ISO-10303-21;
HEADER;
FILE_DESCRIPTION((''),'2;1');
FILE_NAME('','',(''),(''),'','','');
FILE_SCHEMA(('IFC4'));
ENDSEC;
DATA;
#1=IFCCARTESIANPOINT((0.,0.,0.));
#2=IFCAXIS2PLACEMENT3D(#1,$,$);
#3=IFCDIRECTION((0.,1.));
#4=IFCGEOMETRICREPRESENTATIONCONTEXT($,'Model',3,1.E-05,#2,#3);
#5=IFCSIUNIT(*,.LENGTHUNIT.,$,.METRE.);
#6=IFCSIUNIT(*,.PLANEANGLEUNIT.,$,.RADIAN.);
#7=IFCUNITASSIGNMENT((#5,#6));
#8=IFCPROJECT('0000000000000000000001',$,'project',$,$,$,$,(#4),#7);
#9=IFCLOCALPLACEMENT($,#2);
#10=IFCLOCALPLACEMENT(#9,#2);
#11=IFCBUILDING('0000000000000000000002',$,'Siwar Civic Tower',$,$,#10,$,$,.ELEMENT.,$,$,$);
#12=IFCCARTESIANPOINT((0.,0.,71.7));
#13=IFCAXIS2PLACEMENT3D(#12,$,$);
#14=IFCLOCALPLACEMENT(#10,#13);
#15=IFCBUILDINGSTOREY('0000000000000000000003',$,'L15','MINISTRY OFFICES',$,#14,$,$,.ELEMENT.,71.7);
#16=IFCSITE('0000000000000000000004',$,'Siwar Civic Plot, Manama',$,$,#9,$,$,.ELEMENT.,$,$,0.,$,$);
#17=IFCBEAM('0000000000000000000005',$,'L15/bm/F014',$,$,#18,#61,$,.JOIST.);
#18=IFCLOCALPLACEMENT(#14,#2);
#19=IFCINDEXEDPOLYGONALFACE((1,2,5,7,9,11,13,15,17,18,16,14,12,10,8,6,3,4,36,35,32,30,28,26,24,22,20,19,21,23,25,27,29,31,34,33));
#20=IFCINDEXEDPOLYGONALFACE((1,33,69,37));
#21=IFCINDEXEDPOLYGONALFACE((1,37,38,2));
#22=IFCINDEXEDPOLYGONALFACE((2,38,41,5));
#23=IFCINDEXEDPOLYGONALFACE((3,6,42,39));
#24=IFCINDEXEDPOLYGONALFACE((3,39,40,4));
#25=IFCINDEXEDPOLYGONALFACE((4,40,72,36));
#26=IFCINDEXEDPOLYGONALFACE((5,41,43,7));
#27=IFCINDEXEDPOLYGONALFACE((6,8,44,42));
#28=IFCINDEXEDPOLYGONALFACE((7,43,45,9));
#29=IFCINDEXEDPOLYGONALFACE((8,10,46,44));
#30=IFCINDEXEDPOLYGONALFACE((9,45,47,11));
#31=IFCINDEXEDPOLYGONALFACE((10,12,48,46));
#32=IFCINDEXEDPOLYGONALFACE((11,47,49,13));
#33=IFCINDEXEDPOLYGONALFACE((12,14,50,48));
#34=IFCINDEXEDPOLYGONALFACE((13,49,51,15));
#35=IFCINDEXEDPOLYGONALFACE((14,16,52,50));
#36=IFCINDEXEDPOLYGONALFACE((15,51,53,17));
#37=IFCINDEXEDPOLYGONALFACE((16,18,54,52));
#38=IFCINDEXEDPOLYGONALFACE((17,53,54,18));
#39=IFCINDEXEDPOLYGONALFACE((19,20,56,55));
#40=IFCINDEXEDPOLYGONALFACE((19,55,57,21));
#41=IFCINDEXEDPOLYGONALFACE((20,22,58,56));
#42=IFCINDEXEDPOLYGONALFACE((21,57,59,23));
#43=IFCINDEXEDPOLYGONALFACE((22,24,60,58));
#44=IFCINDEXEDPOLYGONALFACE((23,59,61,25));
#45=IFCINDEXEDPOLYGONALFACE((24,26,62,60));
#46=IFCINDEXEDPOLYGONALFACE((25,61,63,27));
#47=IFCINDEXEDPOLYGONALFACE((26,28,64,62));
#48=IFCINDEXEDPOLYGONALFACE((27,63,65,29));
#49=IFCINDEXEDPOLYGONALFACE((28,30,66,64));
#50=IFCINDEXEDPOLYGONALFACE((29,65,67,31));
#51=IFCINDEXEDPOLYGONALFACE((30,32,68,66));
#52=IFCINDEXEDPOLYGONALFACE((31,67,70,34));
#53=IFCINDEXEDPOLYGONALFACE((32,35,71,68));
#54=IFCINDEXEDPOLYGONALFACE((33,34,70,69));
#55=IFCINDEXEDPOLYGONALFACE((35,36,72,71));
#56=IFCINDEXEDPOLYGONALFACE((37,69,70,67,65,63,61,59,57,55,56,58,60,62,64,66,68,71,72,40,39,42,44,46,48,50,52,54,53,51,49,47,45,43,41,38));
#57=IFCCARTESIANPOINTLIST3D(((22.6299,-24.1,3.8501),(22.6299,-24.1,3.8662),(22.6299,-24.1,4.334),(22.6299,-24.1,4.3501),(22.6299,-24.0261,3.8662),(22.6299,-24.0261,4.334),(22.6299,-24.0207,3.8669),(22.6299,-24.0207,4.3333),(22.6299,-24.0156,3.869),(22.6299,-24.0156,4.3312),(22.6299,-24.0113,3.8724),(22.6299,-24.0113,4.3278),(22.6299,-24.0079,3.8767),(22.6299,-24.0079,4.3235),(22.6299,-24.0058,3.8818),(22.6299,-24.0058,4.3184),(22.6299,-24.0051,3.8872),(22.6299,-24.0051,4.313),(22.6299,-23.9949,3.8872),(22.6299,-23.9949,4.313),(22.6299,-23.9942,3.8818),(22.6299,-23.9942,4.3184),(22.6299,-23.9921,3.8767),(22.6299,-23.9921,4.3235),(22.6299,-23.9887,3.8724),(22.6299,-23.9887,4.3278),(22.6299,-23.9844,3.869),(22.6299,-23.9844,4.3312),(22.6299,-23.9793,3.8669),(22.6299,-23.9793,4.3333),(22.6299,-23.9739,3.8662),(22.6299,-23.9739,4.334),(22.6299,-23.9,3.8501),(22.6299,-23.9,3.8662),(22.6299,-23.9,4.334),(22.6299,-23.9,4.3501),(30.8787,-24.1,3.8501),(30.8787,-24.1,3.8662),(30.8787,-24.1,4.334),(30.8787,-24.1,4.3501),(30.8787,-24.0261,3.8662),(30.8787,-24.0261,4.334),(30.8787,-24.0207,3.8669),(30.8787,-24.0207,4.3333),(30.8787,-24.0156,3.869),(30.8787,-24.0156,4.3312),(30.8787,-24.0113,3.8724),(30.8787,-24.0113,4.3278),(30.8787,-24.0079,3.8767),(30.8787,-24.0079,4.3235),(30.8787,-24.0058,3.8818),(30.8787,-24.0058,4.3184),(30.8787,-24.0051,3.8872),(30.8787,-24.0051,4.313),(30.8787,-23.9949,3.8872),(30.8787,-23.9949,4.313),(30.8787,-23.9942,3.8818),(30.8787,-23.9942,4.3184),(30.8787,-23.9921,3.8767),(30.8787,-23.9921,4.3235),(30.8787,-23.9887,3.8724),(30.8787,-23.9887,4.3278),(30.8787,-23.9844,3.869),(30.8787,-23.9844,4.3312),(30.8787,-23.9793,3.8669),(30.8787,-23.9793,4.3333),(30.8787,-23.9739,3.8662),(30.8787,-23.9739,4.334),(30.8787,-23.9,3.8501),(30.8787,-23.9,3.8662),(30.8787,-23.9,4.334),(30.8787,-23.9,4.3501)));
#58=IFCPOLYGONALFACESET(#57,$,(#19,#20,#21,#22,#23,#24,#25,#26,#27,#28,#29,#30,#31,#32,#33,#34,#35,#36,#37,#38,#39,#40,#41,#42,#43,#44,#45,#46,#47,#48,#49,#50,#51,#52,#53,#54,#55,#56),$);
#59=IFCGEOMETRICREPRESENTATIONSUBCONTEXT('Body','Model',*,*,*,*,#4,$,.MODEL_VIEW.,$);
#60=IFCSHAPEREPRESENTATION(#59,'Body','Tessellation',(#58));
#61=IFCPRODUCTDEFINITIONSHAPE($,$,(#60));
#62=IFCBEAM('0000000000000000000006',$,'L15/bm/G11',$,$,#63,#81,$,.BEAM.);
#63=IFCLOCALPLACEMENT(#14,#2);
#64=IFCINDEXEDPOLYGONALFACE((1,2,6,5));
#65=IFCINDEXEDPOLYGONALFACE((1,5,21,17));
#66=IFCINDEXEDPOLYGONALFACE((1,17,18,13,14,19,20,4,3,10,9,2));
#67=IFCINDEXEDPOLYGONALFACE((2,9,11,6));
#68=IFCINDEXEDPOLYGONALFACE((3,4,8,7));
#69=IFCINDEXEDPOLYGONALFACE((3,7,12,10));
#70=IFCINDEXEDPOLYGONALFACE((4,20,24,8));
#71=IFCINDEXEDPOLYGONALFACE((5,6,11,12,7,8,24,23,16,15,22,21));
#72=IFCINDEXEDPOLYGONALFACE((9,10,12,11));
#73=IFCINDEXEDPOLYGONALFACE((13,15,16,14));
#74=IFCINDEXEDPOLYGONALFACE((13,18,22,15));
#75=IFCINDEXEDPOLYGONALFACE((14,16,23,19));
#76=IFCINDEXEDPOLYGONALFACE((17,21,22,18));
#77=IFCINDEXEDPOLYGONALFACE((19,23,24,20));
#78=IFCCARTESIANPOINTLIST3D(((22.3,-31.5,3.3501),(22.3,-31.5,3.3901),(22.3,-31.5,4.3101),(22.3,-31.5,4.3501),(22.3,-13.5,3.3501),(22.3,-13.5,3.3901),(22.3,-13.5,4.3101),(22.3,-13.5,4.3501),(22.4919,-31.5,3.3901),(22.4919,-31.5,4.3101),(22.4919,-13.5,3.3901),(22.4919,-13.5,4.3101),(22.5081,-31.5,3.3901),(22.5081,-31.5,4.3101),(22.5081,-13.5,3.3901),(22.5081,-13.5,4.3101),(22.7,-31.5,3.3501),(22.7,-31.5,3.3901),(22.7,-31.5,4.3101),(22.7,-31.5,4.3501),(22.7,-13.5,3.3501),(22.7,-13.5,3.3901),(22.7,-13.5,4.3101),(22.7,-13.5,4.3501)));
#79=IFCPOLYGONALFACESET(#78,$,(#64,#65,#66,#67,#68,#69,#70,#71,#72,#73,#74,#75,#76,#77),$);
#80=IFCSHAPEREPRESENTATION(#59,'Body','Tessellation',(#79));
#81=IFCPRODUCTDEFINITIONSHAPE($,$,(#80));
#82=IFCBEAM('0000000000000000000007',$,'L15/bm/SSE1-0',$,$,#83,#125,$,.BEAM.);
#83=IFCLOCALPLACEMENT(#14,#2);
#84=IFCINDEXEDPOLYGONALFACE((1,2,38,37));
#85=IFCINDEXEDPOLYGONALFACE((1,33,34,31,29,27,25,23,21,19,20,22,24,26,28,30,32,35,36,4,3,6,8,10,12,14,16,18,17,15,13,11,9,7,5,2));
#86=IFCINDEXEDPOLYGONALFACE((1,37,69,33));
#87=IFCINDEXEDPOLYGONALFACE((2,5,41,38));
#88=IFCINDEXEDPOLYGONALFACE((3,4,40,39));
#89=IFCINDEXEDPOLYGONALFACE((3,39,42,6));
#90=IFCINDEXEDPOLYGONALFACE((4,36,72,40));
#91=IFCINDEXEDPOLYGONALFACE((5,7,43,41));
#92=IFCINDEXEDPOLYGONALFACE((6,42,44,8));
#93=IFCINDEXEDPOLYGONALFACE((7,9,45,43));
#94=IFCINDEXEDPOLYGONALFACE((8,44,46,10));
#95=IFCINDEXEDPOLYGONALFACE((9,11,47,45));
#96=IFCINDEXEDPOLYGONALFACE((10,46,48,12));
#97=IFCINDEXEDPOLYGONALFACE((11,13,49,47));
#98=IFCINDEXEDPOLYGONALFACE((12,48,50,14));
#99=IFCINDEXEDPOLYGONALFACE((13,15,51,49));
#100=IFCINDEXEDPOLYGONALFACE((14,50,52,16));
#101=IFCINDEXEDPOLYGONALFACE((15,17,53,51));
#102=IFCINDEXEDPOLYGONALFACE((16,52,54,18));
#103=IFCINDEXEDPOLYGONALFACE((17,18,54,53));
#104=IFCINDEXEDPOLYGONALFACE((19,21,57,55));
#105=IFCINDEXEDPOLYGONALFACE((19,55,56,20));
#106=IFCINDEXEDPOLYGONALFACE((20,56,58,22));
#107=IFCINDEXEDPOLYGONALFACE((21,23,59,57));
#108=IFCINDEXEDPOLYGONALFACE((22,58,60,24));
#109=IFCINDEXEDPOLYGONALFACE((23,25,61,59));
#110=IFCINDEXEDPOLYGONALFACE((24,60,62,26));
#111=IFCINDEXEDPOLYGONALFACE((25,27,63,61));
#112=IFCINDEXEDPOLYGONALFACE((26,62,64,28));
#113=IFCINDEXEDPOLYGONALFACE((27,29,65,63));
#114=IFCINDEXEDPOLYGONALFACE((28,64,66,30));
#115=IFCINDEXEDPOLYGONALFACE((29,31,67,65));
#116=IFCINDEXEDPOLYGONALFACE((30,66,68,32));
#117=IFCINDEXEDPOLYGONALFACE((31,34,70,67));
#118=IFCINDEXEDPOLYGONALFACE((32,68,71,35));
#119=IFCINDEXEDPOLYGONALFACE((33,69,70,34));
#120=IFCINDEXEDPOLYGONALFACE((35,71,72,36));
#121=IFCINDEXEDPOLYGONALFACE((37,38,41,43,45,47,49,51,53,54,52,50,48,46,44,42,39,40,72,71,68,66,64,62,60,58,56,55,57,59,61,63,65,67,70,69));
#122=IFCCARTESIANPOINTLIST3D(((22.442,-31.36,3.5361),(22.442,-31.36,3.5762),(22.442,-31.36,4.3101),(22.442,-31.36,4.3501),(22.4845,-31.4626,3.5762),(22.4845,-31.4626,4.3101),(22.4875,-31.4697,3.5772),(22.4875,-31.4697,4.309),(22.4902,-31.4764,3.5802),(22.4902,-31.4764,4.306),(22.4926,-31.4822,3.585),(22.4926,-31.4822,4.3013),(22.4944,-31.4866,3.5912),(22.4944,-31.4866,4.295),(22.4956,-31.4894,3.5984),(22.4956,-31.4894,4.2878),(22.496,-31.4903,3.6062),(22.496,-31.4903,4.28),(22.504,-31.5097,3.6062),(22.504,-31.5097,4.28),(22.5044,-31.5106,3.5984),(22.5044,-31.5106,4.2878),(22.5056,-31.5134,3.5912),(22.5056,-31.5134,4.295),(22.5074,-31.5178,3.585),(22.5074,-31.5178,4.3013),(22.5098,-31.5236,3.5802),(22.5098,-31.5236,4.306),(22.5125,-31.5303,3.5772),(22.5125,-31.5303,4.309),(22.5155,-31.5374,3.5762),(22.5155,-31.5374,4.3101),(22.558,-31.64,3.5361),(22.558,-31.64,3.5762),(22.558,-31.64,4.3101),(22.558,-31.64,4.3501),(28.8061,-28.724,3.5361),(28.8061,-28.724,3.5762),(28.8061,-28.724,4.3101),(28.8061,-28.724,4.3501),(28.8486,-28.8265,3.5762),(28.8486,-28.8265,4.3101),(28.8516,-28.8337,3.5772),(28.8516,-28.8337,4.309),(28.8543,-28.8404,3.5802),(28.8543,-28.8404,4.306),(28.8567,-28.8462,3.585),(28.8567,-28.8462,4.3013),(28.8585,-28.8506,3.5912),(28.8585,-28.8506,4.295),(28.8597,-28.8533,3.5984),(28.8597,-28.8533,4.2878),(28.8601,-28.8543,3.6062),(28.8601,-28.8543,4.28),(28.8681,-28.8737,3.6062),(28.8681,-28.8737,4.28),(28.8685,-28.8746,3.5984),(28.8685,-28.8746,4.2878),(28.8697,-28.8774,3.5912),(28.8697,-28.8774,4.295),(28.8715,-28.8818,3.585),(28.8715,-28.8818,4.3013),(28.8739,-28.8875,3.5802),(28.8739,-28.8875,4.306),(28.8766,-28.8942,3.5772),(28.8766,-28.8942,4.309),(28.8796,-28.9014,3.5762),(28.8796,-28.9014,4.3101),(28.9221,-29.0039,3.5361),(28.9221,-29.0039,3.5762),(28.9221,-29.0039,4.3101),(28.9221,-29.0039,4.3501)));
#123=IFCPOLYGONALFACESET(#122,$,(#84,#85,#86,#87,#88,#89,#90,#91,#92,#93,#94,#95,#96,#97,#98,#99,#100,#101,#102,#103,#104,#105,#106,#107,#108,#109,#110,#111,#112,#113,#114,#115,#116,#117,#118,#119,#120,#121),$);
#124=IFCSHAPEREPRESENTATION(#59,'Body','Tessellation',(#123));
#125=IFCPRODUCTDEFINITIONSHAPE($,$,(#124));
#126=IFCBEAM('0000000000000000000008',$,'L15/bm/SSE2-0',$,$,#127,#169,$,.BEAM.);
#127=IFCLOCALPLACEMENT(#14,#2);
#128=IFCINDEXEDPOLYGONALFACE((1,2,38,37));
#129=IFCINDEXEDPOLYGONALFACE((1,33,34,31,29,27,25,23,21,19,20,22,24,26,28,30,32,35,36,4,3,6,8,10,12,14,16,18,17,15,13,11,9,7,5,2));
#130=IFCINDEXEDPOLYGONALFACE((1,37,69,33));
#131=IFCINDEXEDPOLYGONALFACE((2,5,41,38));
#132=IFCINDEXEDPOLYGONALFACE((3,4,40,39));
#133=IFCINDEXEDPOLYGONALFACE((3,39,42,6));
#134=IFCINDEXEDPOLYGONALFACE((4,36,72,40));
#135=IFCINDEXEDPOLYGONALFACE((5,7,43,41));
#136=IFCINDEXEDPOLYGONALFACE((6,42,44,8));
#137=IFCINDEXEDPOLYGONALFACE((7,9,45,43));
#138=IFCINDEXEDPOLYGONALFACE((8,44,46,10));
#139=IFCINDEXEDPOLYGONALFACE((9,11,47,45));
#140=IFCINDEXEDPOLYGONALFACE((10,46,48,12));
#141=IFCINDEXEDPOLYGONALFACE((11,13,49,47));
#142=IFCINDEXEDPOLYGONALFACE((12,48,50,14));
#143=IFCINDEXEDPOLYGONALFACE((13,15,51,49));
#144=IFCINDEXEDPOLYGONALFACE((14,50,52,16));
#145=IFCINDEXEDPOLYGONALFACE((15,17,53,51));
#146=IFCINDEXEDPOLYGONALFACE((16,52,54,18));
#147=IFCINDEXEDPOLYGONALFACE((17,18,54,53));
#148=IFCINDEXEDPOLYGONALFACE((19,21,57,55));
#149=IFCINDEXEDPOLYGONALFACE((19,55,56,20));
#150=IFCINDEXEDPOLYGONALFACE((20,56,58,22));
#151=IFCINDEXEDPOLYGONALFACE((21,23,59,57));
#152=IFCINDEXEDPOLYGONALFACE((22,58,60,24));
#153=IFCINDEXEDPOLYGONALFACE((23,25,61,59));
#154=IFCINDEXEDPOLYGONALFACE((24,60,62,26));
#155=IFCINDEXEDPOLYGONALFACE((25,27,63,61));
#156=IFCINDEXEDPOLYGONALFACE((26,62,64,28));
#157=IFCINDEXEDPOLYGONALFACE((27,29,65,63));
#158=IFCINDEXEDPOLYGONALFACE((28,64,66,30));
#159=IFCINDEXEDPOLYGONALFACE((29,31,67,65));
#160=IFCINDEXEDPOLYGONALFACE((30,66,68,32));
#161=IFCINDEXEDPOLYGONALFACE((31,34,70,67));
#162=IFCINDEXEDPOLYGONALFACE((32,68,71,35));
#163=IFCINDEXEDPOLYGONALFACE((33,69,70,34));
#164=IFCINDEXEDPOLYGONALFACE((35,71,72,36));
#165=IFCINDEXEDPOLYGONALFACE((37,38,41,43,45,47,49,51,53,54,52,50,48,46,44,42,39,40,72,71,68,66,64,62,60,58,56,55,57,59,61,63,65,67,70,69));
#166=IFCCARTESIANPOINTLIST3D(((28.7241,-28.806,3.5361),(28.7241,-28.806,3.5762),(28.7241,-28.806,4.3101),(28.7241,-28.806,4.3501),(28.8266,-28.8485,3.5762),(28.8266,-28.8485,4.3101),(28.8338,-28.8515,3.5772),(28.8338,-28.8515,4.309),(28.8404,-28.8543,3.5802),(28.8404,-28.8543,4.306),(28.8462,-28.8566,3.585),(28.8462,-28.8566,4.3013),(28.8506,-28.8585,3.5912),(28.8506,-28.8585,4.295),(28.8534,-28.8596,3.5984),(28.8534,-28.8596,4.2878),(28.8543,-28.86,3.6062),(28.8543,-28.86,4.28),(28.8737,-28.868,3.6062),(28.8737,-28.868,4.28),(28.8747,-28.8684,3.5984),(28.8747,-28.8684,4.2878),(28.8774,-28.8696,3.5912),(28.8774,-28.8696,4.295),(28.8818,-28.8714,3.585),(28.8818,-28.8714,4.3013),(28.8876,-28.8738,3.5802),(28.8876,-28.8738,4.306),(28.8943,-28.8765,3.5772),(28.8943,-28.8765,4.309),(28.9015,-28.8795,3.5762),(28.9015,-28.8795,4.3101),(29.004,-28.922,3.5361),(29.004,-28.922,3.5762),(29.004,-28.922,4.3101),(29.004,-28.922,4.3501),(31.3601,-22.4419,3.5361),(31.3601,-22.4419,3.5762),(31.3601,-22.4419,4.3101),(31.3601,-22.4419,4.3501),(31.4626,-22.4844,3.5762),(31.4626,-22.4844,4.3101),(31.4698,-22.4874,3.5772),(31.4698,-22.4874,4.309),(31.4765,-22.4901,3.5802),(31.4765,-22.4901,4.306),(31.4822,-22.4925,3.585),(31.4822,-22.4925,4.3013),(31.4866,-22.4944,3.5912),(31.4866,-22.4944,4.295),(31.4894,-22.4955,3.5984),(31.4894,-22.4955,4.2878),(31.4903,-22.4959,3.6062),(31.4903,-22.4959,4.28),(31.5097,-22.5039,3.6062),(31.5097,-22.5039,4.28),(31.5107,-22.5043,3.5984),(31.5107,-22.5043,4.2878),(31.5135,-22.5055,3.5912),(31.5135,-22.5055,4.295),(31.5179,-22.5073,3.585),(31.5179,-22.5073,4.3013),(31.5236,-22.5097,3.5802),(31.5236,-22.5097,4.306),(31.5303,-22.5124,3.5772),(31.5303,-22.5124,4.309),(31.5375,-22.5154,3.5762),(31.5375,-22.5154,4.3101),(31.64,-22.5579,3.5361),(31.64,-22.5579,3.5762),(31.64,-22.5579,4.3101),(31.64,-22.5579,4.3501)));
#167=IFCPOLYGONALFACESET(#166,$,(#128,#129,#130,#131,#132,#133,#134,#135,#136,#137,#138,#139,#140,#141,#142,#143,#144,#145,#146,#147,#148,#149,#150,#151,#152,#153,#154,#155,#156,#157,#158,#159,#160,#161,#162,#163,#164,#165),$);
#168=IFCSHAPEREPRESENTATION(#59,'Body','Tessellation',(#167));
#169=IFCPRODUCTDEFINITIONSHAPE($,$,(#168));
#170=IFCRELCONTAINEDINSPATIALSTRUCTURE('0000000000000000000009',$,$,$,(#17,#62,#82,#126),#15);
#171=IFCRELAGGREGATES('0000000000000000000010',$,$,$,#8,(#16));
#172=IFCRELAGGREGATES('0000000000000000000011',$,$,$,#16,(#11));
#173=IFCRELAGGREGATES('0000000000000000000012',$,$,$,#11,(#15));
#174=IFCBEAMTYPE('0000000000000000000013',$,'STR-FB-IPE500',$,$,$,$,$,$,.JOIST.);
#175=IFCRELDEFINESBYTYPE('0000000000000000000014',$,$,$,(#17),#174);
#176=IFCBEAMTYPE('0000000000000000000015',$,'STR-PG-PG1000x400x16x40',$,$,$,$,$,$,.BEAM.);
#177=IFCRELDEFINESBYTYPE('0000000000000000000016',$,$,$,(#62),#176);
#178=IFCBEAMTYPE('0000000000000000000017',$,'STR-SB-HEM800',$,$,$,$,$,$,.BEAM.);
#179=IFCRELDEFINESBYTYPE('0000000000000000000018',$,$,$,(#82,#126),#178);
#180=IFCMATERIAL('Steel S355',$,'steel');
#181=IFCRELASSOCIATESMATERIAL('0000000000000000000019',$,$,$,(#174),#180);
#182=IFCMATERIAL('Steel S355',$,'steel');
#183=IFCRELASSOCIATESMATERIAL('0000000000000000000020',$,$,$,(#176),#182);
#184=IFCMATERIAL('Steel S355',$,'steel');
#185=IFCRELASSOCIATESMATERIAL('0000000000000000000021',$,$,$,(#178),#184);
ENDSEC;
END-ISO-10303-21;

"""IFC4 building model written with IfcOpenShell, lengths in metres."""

from ifc_helpers import new_model, si_unit, direction, frame, origin, origin_2d, place, context, subcontext, project, spatial, i_section, extrude, material, material_profile, profile_set, type_object, element, save


model = new_model("IFC4")

# Units and contexts
model_context = context("Model", 3, precision=1e-05, world=origin(), true_north=direction((0.0, 1.0)))
body_context = subcontext(model_context, "Body", "Model", "MODEL_VIEW")
ifc_project = project(units=[si_unit("LENGTHUNIT", "METRE"), si_unit("PLANEANGLEUNIT", "RADIAN")], contexts=[model_context])

# Site, building, storey
site_placement = place(None, origin())
site = spatial("IfcSite", under=ifc_project, at=site_placement, Name="Siwar Civic Plot, Manama", CompositionType="ELEMENT", RefElevation=0.0)
building_placement = place(site_placement, origin())
building = spatial("IfcBuilding", under=site, at=building_placement, Name="Siwar Civic Tower", CompositionType="ELEMENT")
storey_placement = place(building_placement, frame((0.0, 0.0, 71.7)))
storey = spatial("IfcBuildingStorey", under=building, at=storey_placement, Name="L15", Description="MINISTRY OFFICES", CompositionType="ELEMENT", Elevation=71.7)

# Beams
ifc_material_1 = material(Name="Steel S355", Category="steel")
ifc_material_profile_1 = material_profile(ifc_material_1, i_section(OverallWidth=0.2, OverallDepth=0.5, WebThickness=0.0103, FlangeThickness=0.0161, FilletRadius=0.021, at=origin_2d()), Name="IPE500")
ifc_profile_set_1 = profile_set([ifc_material_profile_1], Name="Steel S355")
beam_type_1 = type_object("IfcBeamType", Name="STR-FB-IPE500", PredefinedType="JOIST", material=ifc_profile_set_1)
beam_1_placement = place(storey_placement, frame((22.6299, -24.0, 4.1001), z_axis=(1.0, 0.0, 0.0), x_axis=(0.0, 1.0, 0.0)))
element("IfcBeam", 1, at=beam_1_placement, inside=storey, type_object=beam_type_1, Name="L15/bm/F014", PredefinedType="JOIST", context=body_context, shape_type="SweptSolid", body=[
    extrude(i_section(OverallWidth=0.2, OverallDepth=0.5, WebThickness=0.0103, FlangeThickness=0.0161, FilletRadius=0.021, at=origin_2d()), origin(), (0.0, 0.0, 1.0), 8.2488),
])
ifc_material_2 = material(Name="Steel S355", Category="steel")
ifc_material_profile_2 = material_profile(ifc_material_2, i_section(OverallWidth=0.3999, OverallDepth=1.0, WebThickness=0.0161, FlangeThickness=0.04, at=origin_2d()), Name="PG1000x400x16x40")
ifc_profile_set_2 = profile_set([ifc_material_profile_2], Name="Steel S355")
beam_type_2 = type_object("IfcBeamType", Name="STR-PG-PG1000x400x16x40", PredefinedType="BEAM", material=ifc_profile_set_2)
beam_2_placement = place(storey_placement, frame((22.5, -31.5, 3.8501), z_axis=(0.0, 1.0, 0.0), x_axis=(-1.0, 0.0, 0.0)))
element("IfcBeam", 2, at=beam_2_placement, inside=storey, type_object=beam_type_2, Name="L15/bm/G11", PredefinedType="BEAM", context=body_context, shape_type="SweptSolid", body=[
    extrude(i_section(OverallWidth=0.3999, OverallDepth=1.0, WebThickness=0.0161, FlangeThickness=0.04, at=origin_2d()), origin(), (0.0, 0.0, 1.0), 18.0),
])
ifc_material_3 = material(Name="Steel S355", Category="steel")
ifc_material_profile_3 = material_profile(ifc_material_3, i_section(OverallWidth=0.303, OverallDepth=0.814, WebThickness=0.021, FlangeThickness=0.04, FilletRadius=0.03, at=origin_2d()), Name="HEM800")
ifc_profile_set_3 = profile_set([ifc_material_profile_3], Name="Steel S355")
beam_type_3 = type_object("IfcBeamType", Name="STR-SB-HEM800", PredefinedType="BEAM", material=ifc_profile_set_3)
for number, where, z_axis, x_axis, name in (
    (3, (22.5, -31.5, 3.9431), (0.923883, 0.382674, 0.0), (-0.382674, 0.923883, 0.0), "L15/bm/SSE1-0"),
    (4, (28.864, -28.864, 3.9431), (0.382674, 0.923883, 0.0), (-0.923883, 0.382674, 0.0), "L15/bm/SSE2-0"),
):
    element("IfcBeam", number, at=place(storey_placement, frame(where, z_axis=z_axis, x_axis=x_axis)), inside=storey, type_object=beam_type_3, Name=name, PredefinedType="BEAM", context=body_context, shape_type="SweptSolid", body=[
        extrude(i_section(OverallWidth=0.303, OverallDepth=0.814, WebThickness=0.021, FlangeThickness=0.04, FilletRadius=0.03, at=origin_2d()), origin(), (0.0, 0.0, 1.0), 6.8884),
    ])

save(model, "model.ifc")
